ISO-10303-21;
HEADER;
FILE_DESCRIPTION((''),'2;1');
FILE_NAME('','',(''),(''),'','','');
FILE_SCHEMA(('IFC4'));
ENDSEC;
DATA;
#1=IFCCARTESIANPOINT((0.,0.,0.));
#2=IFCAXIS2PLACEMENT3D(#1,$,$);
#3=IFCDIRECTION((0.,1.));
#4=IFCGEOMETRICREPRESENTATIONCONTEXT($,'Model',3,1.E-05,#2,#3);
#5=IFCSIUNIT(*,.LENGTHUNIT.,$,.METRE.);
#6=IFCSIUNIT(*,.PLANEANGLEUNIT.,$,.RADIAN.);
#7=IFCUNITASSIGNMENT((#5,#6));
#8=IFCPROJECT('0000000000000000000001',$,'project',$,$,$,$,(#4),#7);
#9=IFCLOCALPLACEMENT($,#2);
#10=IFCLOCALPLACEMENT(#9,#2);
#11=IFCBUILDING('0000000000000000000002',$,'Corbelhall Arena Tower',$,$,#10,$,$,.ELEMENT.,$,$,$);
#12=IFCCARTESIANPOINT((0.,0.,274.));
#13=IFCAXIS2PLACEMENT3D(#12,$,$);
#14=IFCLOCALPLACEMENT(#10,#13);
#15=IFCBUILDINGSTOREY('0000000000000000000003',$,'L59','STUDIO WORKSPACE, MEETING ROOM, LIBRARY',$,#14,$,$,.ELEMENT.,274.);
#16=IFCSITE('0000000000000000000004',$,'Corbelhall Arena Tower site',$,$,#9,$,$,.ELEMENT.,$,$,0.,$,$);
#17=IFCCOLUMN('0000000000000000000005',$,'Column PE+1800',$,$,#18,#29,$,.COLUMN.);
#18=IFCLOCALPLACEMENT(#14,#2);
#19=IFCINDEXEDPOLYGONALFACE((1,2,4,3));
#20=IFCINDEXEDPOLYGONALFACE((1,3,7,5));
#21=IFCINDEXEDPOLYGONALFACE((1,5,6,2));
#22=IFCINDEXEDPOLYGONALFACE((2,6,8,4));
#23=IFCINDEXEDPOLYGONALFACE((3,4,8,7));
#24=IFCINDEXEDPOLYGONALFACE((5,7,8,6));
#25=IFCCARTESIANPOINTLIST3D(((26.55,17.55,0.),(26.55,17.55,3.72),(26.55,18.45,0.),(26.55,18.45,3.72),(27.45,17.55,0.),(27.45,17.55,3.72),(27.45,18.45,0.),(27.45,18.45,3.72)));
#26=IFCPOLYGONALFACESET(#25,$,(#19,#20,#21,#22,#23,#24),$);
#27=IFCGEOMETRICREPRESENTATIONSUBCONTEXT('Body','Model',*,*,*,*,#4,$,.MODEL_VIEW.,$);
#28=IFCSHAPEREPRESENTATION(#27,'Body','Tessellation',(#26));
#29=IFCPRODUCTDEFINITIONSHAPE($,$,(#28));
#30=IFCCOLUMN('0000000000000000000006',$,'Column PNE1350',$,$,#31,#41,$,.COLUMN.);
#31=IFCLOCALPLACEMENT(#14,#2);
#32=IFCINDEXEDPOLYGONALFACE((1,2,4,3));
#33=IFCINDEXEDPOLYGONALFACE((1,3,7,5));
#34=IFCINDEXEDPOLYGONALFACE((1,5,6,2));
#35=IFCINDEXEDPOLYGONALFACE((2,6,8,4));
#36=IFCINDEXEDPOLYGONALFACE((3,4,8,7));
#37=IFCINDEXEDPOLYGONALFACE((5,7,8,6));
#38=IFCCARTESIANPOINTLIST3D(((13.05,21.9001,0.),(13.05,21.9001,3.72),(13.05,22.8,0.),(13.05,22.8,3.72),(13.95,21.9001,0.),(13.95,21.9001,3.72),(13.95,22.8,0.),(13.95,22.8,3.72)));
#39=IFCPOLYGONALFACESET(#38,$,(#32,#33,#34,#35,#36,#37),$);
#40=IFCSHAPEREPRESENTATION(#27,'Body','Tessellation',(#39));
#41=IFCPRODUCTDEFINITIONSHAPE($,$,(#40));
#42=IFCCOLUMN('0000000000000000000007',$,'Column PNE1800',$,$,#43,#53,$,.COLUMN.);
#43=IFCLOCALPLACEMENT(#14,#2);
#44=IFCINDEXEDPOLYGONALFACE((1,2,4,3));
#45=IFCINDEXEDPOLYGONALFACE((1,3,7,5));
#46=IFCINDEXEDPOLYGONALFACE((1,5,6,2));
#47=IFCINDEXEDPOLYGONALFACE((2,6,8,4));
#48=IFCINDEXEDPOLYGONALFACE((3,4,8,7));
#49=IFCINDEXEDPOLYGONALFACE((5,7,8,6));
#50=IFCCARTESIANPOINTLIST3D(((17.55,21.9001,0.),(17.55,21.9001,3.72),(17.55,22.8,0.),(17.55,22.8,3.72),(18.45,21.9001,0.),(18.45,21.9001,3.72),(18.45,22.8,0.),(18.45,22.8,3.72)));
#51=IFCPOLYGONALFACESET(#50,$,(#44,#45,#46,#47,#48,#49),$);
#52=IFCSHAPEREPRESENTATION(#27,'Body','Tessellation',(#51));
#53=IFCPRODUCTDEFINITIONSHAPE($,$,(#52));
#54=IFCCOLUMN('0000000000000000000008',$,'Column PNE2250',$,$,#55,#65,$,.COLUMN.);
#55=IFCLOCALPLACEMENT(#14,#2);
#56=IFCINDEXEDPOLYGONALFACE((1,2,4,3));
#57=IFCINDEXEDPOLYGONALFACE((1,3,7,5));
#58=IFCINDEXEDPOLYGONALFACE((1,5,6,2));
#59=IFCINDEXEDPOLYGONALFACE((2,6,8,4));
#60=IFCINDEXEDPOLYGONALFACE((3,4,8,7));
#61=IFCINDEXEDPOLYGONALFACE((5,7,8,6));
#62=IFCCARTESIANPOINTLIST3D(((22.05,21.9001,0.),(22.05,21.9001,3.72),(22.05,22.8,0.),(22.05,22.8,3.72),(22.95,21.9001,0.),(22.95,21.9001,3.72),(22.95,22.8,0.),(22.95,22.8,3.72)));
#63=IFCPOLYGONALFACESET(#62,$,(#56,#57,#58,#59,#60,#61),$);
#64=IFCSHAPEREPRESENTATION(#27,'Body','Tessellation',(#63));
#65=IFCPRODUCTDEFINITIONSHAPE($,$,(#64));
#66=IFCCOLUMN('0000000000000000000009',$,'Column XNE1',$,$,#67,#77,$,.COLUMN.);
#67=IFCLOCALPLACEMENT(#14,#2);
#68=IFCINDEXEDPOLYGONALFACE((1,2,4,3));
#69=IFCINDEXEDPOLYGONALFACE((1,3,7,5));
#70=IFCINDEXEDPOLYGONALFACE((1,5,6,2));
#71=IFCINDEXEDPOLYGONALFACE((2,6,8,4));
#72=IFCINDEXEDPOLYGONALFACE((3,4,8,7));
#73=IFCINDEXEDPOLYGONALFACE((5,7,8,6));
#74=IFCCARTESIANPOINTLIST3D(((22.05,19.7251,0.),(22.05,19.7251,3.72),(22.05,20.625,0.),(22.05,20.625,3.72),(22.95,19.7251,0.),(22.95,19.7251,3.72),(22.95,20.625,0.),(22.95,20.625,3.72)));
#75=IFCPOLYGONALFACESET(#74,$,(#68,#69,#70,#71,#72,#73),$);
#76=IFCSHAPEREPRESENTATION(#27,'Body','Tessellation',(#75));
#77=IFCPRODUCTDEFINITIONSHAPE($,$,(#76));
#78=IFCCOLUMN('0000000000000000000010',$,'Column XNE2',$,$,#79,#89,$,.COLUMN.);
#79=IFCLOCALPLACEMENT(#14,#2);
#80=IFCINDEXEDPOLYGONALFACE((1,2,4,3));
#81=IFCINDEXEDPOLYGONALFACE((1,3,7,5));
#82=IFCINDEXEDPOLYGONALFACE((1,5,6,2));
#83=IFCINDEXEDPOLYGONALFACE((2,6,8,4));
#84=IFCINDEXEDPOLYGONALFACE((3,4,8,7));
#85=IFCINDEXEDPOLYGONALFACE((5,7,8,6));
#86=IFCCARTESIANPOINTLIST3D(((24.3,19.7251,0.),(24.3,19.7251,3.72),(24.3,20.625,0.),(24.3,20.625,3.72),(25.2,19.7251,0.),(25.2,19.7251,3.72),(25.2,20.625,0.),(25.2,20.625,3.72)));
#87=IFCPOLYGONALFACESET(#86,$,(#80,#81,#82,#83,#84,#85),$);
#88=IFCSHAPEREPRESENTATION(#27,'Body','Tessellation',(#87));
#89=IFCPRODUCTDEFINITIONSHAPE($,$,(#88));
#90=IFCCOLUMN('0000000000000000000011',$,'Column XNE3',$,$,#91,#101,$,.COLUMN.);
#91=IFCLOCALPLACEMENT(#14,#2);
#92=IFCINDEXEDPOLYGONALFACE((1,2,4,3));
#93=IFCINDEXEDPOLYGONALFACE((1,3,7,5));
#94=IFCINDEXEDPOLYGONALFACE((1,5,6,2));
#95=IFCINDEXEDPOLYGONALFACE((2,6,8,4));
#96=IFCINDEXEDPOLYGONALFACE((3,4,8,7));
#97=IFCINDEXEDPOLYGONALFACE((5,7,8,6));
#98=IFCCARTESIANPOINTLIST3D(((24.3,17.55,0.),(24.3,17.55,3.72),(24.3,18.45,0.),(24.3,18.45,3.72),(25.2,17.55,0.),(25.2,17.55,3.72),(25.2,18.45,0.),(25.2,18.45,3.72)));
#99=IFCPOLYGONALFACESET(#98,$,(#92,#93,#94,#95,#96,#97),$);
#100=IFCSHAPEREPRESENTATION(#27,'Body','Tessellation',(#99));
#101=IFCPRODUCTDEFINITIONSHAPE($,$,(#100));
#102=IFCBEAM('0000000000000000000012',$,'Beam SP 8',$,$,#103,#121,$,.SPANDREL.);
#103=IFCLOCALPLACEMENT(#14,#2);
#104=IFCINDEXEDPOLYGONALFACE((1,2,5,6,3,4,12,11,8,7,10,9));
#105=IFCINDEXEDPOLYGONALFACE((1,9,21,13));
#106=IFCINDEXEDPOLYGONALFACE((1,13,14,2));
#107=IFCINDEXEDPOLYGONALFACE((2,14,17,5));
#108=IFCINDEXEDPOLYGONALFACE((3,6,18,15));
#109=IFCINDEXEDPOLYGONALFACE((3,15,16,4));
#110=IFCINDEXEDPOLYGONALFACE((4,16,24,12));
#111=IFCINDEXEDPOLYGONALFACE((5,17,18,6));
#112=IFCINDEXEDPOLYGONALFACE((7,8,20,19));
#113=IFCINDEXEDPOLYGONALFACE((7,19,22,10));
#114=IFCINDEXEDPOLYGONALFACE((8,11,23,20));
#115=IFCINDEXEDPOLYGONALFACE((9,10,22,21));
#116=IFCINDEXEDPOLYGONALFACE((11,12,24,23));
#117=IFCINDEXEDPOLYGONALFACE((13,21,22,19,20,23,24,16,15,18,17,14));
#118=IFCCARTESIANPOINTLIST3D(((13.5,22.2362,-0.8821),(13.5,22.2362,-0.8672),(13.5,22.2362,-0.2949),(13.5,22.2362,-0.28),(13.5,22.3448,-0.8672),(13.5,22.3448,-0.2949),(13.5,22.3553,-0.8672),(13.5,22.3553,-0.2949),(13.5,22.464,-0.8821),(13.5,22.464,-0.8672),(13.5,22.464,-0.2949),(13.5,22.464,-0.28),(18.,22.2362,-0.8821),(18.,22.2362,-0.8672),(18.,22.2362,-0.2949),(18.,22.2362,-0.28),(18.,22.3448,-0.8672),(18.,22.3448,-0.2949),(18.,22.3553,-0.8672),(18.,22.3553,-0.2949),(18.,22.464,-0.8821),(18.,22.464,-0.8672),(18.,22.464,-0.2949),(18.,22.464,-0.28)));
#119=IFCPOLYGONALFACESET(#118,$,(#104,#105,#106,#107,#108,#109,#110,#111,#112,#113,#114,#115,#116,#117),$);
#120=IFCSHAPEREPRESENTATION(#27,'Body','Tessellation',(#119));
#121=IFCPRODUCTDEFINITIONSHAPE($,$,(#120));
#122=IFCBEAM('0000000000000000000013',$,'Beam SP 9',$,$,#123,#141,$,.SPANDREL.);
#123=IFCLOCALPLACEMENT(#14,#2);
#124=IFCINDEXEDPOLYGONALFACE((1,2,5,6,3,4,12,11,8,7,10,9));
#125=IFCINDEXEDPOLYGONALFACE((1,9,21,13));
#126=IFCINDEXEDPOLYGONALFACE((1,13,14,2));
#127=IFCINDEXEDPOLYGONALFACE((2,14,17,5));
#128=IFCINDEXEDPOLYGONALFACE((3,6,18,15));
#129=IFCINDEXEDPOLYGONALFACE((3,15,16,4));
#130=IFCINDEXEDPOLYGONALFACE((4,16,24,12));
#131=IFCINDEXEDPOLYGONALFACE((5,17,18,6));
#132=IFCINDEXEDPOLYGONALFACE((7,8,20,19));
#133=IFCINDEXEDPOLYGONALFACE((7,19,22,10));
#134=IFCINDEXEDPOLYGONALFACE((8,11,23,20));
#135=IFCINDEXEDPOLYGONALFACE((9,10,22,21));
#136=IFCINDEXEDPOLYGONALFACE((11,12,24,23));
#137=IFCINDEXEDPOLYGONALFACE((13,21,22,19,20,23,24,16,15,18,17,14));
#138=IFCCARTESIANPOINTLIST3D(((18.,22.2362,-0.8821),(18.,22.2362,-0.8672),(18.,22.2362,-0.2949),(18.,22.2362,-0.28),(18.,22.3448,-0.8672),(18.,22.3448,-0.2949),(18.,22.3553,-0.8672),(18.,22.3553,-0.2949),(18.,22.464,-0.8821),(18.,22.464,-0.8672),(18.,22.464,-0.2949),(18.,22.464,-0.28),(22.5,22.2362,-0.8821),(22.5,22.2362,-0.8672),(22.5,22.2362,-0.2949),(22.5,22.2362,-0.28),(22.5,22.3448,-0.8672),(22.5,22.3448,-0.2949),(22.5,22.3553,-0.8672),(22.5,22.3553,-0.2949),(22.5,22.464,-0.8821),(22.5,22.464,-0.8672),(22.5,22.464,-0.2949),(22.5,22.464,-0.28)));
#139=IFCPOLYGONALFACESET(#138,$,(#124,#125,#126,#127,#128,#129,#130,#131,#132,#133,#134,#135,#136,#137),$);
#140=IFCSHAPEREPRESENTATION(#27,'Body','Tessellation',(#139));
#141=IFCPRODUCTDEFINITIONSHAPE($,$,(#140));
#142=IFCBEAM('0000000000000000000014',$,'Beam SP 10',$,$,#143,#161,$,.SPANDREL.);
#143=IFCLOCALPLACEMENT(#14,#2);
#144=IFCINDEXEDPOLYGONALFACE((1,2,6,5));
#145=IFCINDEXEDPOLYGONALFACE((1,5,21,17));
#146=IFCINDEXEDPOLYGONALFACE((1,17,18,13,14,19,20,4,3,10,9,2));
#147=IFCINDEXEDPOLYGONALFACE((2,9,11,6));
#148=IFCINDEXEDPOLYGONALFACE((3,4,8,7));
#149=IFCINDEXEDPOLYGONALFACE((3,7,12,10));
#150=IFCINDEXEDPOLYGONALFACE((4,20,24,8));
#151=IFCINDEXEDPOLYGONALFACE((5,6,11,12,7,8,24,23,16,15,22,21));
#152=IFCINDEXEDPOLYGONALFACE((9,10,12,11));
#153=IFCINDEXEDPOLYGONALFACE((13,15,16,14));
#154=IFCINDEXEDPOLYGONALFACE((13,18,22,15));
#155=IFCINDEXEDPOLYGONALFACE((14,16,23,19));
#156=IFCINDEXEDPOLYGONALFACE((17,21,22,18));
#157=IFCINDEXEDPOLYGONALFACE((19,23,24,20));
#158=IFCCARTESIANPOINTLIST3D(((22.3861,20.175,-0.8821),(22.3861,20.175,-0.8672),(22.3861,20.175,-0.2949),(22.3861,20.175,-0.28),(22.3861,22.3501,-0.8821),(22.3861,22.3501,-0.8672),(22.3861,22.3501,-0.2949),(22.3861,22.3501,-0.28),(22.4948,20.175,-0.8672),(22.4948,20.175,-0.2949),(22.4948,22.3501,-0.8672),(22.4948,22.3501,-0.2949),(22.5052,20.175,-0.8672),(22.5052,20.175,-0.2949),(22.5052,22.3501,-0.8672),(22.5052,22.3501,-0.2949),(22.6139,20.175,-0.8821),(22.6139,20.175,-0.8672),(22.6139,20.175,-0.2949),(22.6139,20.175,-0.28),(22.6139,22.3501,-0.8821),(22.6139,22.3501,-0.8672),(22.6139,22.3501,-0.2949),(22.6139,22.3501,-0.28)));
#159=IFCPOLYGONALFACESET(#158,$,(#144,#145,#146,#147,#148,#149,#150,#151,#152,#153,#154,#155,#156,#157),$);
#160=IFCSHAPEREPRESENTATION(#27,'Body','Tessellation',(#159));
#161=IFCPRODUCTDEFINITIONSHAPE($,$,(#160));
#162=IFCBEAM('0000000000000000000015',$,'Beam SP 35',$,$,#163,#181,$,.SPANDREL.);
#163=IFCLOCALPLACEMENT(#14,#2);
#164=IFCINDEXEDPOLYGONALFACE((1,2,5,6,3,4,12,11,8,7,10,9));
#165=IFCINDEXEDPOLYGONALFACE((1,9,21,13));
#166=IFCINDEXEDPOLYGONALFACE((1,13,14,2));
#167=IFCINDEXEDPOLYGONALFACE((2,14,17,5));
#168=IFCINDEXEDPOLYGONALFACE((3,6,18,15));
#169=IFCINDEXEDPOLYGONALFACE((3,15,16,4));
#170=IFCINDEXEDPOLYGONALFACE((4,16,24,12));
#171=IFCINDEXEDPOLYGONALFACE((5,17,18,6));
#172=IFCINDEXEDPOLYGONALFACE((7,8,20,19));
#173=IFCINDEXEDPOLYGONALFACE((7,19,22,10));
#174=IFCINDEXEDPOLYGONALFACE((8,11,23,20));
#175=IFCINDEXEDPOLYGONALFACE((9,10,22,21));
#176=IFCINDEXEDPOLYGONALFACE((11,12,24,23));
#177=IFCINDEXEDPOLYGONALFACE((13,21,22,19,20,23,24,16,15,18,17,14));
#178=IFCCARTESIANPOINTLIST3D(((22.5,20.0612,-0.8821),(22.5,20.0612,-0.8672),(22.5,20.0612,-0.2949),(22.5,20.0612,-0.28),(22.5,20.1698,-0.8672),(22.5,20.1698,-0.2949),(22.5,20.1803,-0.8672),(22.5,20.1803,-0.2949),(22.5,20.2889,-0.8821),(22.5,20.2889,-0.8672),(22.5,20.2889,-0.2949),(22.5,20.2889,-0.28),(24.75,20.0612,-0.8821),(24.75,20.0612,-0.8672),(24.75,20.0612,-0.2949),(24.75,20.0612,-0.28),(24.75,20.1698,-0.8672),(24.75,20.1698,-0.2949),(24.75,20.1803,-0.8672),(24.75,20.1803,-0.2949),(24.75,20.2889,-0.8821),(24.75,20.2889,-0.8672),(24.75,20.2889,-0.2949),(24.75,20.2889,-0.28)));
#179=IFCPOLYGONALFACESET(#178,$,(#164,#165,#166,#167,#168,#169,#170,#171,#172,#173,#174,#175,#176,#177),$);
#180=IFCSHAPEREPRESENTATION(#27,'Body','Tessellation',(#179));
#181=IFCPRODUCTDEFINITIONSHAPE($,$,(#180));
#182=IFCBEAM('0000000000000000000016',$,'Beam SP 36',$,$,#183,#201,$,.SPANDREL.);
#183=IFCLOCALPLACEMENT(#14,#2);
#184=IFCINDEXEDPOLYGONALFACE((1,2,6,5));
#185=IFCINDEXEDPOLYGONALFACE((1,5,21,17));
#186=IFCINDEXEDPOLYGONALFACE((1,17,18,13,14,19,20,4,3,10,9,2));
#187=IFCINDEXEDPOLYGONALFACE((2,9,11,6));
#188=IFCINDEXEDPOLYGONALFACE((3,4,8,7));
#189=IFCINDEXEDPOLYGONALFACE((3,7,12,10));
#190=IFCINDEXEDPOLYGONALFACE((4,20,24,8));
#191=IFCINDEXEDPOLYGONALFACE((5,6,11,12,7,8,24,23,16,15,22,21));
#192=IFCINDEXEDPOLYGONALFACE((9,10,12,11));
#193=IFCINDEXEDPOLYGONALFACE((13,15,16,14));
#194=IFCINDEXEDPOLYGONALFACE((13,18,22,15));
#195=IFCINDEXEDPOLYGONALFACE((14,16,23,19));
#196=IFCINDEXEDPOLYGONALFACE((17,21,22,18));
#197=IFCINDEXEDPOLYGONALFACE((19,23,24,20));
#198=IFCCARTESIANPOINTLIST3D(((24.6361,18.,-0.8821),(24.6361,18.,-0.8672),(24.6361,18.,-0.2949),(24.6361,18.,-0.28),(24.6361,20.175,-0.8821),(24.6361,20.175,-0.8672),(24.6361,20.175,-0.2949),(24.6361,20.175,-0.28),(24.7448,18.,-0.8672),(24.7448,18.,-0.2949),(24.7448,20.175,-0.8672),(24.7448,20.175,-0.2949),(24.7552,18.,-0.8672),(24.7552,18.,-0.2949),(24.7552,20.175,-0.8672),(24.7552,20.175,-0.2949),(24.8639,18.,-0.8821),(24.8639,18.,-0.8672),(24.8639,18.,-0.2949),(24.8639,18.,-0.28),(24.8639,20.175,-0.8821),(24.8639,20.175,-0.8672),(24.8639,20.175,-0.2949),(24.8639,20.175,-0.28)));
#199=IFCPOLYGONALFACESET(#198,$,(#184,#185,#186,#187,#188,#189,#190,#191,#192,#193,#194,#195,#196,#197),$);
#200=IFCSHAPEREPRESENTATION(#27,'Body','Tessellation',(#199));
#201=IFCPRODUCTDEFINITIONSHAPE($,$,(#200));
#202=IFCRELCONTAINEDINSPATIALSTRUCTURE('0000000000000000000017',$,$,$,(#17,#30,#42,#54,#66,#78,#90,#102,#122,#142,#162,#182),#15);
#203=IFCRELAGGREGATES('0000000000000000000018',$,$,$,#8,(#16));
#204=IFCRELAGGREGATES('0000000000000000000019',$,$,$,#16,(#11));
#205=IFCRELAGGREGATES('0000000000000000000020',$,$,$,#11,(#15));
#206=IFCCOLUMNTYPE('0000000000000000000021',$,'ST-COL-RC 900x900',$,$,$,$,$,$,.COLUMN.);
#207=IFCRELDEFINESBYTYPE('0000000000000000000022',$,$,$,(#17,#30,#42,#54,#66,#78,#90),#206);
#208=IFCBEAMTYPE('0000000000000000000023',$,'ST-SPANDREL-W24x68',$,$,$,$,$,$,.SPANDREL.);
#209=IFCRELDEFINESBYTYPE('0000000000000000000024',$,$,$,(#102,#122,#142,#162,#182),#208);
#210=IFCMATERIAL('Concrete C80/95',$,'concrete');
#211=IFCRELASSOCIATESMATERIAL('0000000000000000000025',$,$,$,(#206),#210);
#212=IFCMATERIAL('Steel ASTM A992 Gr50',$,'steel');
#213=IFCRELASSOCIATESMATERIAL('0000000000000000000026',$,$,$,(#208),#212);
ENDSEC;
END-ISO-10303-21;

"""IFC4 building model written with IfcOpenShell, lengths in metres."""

from ifc_helpers import new_model, si_unit, direction, frame, origin, origin_2d, place, context, subcontext, project, spatial, rectangle, i_section, extrude, material, material_profile, profile_set, type_object, element, save


model = new_model("IFC4")

# Units and contexts
model_context = context("Model", 3, precision=1e-05, world=origin(), true_north=direction((0.0, 1.0)))
body_context = subcontext(model_context, "Body", "Model", "MODEL_VIEW")
ifc_project = project(units=[si_unit("LENGTHUNIT", "METRE"), si_unit("PLANEANGLEUNIT", "RADIAN")], contexts=[model_context])

# Site, building, storey
site_placement = place(None, origin())
site = spatial("IfcSite", under=ifc_project, at=site_placement, Name="Corbelhall Arena Tower site", CompositionType="ELEMENT", RefElevation=0.0)
building_placement = place(site_placement, origin())
building = spatial("IfcBuilding", under=site, at=building_placement, Name="Corbelhall Arena Tower", CompositionType="ELEMENT")
storey_placement = place(building_placement, frame((0.0, 0.0, 274.0)))
storey = spatial("IfcBuildingStorey", under=building, at=storey_placement, Name="L59", Description="STUDIO WORKSPACE, MEETING ROOM, LIBRARY", CompositionType="ELEMENT", Elevation=274.0)

# Columns
ifc_material_1 = material(Name="Concrete C80/95", Category="concrete")
ifc_material_profile_1 = material_profile(ifc_material_1, rectangle(XDim=0.8999, YDim=0.8999, at=origin_2d()))
ifc_profile_set_1 = profile_set([ifc_material_profile_1], Name="Concrete C80/95")
column_type = type_object("IfcColumnType", Name="ST-COL-RC 900x900", PredefinedType="COLUMN", material=ifc_profile_set_1)
for number, where, z_axis, x_axis, name in (
    (1, (27.0, 18.0, 0.0), (0.0, 0.0, 1.0), (0.0, 1.0, 0.0), "Column PE+1800"),
    (2, (13.5, 22.3501, 0.0), (0.0, 0.0, 1.0), (1.0, 0.0, 0.0), "Column PNE1350"),
    (3, (18.0, 22.3501, 0.0), (0.0, 0.0, 1.0), (1.0, 0.0, 0.0), "Column PNE1800"),
    (4, (22.5, 22.3501, 0.0), (0.0, 0.0, 1.0), (1.0, 0.0, 0.0), "Column PNE2250"),
    (5, (22.5, 20.175, 0.0), (0.0, 0.0, 1.0), (1.0, 0.0, 0.0), "Column XNE1"),
    (6, (24.75, 20.175, 0.0), (0.0, 0.0, 1.0), (1.0, 0.0, 0.0), "Column XNE2"),
    (7, (24.75, 18.0, 0.0), (0.0, 0.0, 1.0), (1.0, 0.0, 0.0), "Column XNE3"),
):
    element("IfcColumn", number, at=place(storey_placement, frame(where, z_axis=z_axis, x_axis=x_axis)), inside=storey, type_object=column_type, Name=name, PredefinedType="COLUMN", context=body_context, shape_type="SweptSolid", body=[
        extrude(rectangle(XDim=0.8999, YDim=0.8999, at=origin_2d()), origin(), (0.0, 0.0, 1.0), 3.72),
    ])

# Beams
ifc_material_2 = material(Name="Steel ASTM A992 Gr50", Category="steel")
ifc_material_profile_2 = material_profile(ifc_material_2, i_section(OverallWidth=0.2278, OverallDepth=0.6021, WebThickness=0.0105, FlangeThickness=0.0149, at=origin_2d()))
ifc_profile_set_2 = profile_set([ifc_material_profile_2], Name="Steel ASTM A992 Gr50")
beam_type_1 = type_object("IfcBeamType", Name="ST-SPANDREL-W24x68", PredefinedType="SPANDREL", material=ifc_profile_set_2)
for number, where, z_axis, x_axis, name in (
    (8, (13.5, 22.3501, -0.5811), (1.0, 0.0, 0.0), (0.0, 1.0, 0.0), "Beam SP 8"),
    (9, (18.0, 22.3501, -0.5811), (1.0, 0.0, 0.0), (0.0, 1.0, 0.0), "Beam SP 9"),
):
    element("IfcBeam", number, at=place(storey_placement, frame(where, z_axis=z_axis, x_axis=x_axis)), inside=storey, type_object=beam_type_1, Name=name, PredefinedType="SPANDREL", context=body_context, shape_type="SweptSolid", body=[
        extrude(i_section(OverallWidth=0.2278, OverallDepth=0.6021, WebThickness=0.0105, FlangeThickness=0.0149, at=origin_2d()), origin(), (0.0, 0.0, 1.0), 4.5),
    ])
beam_1_placement = place(storey_placement, frame((22.5, 22.3501, -0.5811), z_axis=(0.0, -1.0, 0.0), x_axis=(1.0, 0.0, 0.0)))
element("IfcBeam", 10, at=beam_1_placement, inside=storey, type_object=beam_type_1, Name="Beam SP 10", PredefinedType="SPANDREL", context=body_context, shape_type="SweptSolid", body=[
    extrude(i_section(OverallWidth=0.2278, OverallDepth=0.6021, WebThickness=0.0105, FlangeThickness=0.0149, at=origin_2d()), origin(), (0.0, 0.0, 1.0), 2.175),
])
beam_2_placement = place(storey_placement, frame((22.5, 20.175, -0.5811), z_axis=(1.0, 0.0, 0.0), x_axis=(0.0, 1.0, 0.0)))
element("IfcBeam", 11, at=beam_2_placement, inside=storey, type_object=beam_type_1, Name="Beam SP 35", PredefinedType="SPANDREL", context=body_context, shape_type="SweptSolid", body=[
    extrude(i_section(OverallWidth=0.2278, OverallDepth=0.6021, WebThickness=0.0105, FlangeThickness=0.0149, at=origin_2d()), origin(), (0.0, 0.0, 1.0), 2.25),
])
beam_3_placement = place(storey_placement, frame((24.75, 20.175, -0.5811), z_axis=(0.0, -1.0, 0.0), x_axis=(1.0, 0.0, 0.0)))
element("IfcBeam", 12, at=beam_3_placement, inside=storey, type_object=beam_type_1, Name="Beam SP 36", PredefinedType="SPANDREL", context=body_context, shape_type="SweptSolid", body=[
    extrude(i_section(OverallWidth=0.2278, OverallDepth=0.6021, WebThickness=0.0105, FlangeThickness=0.0149, at=origin_2d()), origin(), (0.0, 0.0, 1.0), 2.175),
])

save(model, "model.ifc")
